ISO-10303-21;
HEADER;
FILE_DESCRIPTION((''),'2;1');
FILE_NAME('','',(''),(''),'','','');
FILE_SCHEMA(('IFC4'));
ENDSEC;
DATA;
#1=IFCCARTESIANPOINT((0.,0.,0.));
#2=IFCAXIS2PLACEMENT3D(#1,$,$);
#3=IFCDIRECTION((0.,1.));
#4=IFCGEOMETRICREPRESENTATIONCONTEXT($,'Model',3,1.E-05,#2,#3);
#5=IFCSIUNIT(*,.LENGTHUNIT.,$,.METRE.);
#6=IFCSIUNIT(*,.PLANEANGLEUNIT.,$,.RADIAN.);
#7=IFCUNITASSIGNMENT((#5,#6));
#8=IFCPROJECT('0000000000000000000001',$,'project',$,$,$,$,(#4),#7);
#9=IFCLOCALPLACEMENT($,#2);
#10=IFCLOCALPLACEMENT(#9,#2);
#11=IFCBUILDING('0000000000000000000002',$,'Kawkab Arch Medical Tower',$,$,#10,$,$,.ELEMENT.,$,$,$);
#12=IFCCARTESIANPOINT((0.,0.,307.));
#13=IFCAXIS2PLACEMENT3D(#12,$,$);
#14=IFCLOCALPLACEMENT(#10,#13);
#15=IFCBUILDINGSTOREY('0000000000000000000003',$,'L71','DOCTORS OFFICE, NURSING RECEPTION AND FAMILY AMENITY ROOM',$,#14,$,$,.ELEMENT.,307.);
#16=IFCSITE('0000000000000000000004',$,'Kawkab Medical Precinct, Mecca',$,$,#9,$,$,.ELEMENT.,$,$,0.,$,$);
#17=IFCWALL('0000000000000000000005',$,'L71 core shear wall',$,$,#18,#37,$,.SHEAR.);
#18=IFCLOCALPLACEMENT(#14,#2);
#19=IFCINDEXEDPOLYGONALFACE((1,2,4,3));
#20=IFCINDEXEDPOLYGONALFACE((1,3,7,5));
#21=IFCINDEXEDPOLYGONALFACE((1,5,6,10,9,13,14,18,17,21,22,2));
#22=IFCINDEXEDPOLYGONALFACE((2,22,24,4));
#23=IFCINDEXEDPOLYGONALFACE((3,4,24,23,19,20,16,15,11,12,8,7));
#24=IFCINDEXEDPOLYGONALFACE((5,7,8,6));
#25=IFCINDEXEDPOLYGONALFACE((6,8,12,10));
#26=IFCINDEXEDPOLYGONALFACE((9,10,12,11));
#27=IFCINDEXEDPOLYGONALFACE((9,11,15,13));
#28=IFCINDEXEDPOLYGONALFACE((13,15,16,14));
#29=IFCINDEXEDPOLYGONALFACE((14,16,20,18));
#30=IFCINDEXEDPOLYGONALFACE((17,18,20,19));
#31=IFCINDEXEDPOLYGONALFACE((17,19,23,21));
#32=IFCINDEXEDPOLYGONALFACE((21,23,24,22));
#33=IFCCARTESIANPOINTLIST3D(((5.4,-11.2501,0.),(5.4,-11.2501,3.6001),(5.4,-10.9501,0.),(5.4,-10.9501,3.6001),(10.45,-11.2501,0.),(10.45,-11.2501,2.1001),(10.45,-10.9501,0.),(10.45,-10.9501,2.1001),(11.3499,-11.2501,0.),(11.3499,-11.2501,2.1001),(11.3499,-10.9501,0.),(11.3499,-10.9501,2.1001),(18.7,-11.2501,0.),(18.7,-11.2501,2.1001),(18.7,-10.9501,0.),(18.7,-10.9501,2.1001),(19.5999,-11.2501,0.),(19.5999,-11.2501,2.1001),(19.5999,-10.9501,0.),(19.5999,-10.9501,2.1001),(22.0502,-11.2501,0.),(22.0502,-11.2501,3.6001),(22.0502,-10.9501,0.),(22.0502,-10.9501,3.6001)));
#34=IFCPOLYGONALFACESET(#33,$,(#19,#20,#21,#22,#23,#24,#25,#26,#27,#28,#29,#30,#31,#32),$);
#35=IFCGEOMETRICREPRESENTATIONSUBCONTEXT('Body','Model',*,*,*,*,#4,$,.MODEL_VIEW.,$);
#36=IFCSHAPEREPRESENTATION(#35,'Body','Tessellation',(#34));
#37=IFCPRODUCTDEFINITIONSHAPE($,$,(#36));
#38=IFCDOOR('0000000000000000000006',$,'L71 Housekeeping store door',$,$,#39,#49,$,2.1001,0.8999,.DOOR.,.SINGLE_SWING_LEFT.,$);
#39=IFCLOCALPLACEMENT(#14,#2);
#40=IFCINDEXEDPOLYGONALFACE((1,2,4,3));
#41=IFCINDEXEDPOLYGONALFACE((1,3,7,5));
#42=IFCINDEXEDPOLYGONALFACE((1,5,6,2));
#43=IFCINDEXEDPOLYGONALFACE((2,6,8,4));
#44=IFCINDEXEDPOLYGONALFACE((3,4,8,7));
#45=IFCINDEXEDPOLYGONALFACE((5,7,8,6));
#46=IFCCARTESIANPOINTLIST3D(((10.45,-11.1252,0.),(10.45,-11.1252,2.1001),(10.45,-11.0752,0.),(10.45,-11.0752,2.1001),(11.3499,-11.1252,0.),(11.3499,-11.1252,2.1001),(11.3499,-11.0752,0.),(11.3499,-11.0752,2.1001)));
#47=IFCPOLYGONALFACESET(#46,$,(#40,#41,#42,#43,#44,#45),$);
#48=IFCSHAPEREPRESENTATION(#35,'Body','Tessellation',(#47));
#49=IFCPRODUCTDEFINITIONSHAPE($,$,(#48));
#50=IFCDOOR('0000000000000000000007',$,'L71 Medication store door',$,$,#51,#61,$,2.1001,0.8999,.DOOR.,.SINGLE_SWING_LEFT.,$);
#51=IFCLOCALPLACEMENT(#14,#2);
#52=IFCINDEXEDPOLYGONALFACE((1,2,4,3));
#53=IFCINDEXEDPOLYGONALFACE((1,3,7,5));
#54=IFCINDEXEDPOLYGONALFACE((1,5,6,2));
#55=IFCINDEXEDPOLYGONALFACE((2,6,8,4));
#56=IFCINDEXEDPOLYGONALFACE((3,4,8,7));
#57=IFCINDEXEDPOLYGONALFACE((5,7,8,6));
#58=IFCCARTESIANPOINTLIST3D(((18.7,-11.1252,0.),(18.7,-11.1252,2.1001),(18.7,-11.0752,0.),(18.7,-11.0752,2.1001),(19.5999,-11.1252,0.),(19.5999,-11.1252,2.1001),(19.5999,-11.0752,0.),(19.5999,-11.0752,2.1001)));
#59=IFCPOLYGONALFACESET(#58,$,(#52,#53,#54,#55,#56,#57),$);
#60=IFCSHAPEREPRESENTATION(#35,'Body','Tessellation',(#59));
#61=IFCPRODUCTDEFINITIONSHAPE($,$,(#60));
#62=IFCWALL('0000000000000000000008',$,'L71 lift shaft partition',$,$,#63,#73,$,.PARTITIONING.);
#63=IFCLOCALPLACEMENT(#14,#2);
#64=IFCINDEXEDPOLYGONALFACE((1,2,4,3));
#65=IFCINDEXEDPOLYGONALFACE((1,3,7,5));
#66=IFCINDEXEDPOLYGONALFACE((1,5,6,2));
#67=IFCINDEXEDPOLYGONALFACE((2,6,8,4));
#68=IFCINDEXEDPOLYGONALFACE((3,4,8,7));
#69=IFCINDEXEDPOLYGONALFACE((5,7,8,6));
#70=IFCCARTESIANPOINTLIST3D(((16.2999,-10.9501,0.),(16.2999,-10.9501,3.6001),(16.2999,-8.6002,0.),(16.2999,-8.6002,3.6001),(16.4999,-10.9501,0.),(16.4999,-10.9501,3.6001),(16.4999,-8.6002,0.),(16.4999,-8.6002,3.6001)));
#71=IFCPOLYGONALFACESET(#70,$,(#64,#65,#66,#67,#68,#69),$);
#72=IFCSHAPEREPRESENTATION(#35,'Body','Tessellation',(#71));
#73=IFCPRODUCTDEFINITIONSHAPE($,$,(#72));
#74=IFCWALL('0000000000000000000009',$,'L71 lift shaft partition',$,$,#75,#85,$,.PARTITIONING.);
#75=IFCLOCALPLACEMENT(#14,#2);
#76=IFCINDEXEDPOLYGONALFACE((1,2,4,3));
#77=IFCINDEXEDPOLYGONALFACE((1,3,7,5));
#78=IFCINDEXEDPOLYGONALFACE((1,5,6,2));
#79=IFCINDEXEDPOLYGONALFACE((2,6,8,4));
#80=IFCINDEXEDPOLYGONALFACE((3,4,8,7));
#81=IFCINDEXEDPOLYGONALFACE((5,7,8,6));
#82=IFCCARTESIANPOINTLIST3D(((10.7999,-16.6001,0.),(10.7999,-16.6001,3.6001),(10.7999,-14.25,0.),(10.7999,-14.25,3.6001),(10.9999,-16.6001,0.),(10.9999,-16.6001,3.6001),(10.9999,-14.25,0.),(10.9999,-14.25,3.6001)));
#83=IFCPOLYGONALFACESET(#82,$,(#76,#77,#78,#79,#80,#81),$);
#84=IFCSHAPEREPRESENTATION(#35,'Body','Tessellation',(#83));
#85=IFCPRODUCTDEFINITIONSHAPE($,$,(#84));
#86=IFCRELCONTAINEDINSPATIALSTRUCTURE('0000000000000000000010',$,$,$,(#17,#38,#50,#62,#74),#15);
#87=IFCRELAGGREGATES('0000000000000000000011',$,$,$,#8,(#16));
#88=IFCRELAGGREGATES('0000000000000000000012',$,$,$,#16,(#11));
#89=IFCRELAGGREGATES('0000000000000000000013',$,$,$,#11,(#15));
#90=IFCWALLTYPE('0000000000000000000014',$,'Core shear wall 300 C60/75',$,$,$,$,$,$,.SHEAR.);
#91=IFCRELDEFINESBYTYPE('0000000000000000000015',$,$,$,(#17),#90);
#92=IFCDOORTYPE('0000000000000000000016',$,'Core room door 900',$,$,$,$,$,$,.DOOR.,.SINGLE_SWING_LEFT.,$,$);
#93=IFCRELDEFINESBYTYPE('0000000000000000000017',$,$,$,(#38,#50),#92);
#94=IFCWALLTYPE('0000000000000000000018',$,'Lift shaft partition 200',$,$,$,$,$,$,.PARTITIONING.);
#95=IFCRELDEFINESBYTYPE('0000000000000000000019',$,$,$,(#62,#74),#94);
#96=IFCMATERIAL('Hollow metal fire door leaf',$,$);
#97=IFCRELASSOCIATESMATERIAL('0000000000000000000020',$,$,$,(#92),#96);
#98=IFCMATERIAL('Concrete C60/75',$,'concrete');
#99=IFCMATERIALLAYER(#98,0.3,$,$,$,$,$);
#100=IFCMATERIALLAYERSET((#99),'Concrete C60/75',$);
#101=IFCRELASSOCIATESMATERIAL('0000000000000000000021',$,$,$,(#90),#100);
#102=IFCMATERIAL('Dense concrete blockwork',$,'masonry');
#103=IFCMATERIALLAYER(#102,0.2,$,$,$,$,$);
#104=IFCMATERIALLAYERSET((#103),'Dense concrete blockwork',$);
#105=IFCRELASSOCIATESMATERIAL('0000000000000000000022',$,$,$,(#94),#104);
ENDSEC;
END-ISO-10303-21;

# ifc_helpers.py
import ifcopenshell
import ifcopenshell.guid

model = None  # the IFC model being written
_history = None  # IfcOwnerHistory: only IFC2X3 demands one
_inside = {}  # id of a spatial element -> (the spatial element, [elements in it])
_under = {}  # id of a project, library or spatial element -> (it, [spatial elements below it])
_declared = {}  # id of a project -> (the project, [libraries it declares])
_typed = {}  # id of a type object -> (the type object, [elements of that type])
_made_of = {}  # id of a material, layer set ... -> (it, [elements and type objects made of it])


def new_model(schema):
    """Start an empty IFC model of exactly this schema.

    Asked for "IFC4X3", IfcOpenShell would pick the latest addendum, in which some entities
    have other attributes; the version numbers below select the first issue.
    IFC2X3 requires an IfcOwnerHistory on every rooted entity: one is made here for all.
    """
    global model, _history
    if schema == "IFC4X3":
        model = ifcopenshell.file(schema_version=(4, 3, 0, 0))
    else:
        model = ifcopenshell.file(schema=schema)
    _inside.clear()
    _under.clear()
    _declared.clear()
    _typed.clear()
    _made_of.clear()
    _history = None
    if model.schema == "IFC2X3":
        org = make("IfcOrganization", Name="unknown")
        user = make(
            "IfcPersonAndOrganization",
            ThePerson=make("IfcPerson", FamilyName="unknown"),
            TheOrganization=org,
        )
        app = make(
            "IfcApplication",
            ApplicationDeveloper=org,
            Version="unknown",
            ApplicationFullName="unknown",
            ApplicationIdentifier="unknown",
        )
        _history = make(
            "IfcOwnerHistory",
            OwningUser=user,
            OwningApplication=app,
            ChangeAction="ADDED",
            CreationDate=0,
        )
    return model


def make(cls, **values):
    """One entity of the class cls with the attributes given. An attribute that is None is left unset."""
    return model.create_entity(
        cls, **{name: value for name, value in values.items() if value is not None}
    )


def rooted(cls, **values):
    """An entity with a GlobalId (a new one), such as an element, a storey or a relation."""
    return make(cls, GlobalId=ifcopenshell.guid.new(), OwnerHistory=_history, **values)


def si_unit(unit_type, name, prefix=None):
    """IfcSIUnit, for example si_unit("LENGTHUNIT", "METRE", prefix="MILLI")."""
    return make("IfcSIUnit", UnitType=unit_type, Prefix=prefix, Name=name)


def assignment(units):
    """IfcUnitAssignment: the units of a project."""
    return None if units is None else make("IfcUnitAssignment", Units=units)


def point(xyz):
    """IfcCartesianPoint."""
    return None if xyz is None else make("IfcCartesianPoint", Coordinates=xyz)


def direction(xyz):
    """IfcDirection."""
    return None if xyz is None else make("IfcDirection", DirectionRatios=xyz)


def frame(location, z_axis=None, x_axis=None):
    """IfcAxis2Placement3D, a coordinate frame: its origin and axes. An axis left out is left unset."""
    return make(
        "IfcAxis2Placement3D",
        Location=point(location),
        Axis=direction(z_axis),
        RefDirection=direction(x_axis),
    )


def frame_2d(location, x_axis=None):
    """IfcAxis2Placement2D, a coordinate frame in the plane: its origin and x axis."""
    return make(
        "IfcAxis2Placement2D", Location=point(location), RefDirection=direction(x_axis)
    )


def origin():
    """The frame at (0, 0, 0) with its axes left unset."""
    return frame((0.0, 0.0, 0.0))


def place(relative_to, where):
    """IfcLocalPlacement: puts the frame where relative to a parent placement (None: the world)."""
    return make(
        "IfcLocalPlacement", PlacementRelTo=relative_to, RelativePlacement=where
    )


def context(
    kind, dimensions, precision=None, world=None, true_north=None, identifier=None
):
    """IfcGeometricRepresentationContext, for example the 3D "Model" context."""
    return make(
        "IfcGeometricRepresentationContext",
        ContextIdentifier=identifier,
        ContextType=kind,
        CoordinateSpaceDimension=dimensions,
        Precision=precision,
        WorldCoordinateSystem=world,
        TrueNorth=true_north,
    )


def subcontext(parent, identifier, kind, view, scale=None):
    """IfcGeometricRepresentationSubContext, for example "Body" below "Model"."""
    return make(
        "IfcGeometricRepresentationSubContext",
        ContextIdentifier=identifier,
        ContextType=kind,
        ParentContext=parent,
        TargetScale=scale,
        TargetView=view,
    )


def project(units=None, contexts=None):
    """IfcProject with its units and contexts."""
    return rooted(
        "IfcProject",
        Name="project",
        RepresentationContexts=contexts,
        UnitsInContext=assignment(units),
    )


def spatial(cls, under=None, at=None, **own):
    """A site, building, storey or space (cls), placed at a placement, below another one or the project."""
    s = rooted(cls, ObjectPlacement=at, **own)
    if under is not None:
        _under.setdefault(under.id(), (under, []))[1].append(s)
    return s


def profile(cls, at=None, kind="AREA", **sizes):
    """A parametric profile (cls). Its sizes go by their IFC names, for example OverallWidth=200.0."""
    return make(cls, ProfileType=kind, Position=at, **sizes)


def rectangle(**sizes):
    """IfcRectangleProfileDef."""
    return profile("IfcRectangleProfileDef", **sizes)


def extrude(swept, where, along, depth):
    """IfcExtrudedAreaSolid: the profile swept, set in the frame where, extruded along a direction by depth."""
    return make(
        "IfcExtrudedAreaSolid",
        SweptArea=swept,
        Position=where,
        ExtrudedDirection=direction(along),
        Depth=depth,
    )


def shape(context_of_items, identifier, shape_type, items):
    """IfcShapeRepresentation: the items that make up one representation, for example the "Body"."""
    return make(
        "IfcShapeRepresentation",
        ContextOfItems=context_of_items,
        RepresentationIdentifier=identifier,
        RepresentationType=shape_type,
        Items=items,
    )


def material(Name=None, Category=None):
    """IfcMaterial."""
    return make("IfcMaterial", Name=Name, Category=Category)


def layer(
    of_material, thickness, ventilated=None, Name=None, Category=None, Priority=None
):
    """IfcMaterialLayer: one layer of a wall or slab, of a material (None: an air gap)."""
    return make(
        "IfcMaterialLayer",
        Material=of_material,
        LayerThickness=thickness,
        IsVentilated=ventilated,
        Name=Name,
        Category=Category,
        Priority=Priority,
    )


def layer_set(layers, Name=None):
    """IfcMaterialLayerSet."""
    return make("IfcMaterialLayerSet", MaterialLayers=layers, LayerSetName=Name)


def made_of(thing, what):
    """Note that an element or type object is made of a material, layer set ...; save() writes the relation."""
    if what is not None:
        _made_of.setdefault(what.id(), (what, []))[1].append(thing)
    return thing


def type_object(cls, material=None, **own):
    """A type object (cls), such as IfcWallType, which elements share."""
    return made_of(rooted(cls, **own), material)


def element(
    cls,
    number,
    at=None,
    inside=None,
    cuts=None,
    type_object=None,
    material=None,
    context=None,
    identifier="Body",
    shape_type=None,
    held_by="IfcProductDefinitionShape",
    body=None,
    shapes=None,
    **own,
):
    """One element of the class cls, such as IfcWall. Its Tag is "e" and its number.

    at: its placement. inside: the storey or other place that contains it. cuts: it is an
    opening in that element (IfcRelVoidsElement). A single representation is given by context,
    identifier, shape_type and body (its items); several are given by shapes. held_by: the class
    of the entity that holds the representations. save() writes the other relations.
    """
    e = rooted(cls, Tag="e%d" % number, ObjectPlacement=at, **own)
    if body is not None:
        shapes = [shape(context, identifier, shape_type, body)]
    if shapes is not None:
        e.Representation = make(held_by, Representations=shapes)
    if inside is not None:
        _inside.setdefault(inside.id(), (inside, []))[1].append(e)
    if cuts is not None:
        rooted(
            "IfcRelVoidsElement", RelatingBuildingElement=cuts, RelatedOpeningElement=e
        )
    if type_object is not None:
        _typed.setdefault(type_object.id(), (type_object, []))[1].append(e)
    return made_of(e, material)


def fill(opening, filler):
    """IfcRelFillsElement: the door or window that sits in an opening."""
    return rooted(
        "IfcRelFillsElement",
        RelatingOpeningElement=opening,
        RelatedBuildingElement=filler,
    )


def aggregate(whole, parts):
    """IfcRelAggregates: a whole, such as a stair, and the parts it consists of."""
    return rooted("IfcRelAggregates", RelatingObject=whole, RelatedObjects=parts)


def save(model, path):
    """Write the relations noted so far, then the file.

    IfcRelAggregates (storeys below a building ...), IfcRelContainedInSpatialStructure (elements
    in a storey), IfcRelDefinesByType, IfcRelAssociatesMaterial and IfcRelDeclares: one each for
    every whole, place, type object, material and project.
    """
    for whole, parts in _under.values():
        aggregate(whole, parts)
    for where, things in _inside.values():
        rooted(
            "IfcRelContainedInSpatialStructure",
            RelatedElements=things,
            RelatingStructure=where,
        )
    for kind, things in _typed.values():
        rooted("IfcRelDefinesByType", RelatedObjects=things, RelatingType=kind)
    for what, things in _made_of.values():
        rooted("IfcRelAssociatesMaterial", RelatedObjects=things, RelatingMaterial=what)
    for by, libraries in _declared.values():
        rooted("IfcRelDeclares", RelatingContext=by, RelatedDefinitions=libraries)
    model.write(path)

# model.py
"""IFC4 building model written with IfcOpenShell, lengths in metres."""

from ifc_helpers import new_model, si_unit, direction, frame, frame_2d, origin, place, context, subcontext, project, spatial, rectangle, extrude, material, layer, layer_set, type_object, element, fill, save


model = new_model("IFC4")

# Units and contexts
model_context = context("Model", 3, precision=1e-05, world=origin(), true_north=direction((0.0, 1.0)))
body_context = subcontext(model_context, "Body", "Model", "MODEL_VIEW")
ifc_project = project(units=[si_unit("LENGTHUNIT", "METRE"), si_unit("PLANEANGLEUNIT", "RADIAN")], contexts=[model_context])

# Site, building, storey
site_placement = place(None, origin())
site = spatial("IfcSite", under=ifc_project, at=site_placement, Name="Kawkab Medical Precinct, Mecca", CompositionType="ELEMENT", RefElevation=0.0)
building_placement = place(site_placement, origin())
building = spatial("IfcBuilding", under=site, at=building_placement, Name="Kawkab Arch Medical Tower", CompositionType="ELEMENT")
storey_placement = place(building_placement, frame((0.0, 0.0, 307.0)))
storey = spatial("IfcBuildingStorey", under=building, at=storey_placement, Name="L71", Description="DOCTORS OFFICE, NURSING RECEPTION AND FAMILY AMENITY ROOM", CompositionType="ELEMENT", Elevation=307.0)

# Shared definitions
ifc_material_1 = material(Name="Hollow metal fire door leaf")
door_type = type_object("IfcDoorType", Name="Core room door 900", OperationType="SINGLE_SWING_LEFT", PredefinedType="DOOR", material=ifc_material_1)

# Shared definitions
ifc_material_2 = material(Name="Concrete C60/75", Category="concrete")
ifc_layer_1 = layer(ifc_material_2, 0.3)
ifc_layer_set_1 = layer_set([ifc_layer_1], Name="Concrete C60/75")
wall_type_1 = type_object("IfcWallType", Name="Core shear wall 300 C60/75", PredefinedType="SHEAR", material=ifc_layer_set_1)

# Wall, openings, doors
wall_1_placement = place(storey_placement, frame((5.3999, -11.1001, 0.0), z_axis=(0.0, 0.0, 1.0), x_axis=(1.0, 0.0, 0.0)))
wall_1 = element("IfcWall", 1, at=wall_1_placement, inside=storey, type_object=wall_type_1, Name="L71 core shear wall", PredefinedType="SHEAR", context=body_context, shape_type="SweptSolid", body=[
    extrude(rectangle(XDim=16.6501, YDim=0.3, at=frame_2d((8.3252, 0.0))), origin(), (0.0, 0.0, 1.0), 3.6001),
])
opening_1_placement = place(wall_1_placement, frame((5.05, 0.0, 0.0)))
opening_1 = element("IfcOpeningElement", 2, at=opening_1_placement, cuts=wall_1, PredefinedType="OPENING", context=body_context, shape_type="SweptSolid", body=[
    extrude(rectangle(XDim=0.8999, YDim=2.1001, at=frame_2d((0.45, 1.05))), frame((0.0, 0.1599, 0.0), z_axis=(0.0, -1.0, 0.0), x_axis=(1.0, 0.0, 0.0)), (0.0, 0.0, 1.0), 0.3201),
])
opening_2_placement = place(wall_1_placement, frame((13.3, 0.0, 0.0)))
opening_2 = element("IfcOpeningElement", 3, at=opening_2_placement, cuts=wall_1, PredefinedType="OPENING", context=body_context, shape_type="SweptSolid", body=[
    extrude(rectangle(XDim=0.8999, YDim=2.1001, at=frame_2d((0.45, 1.05))), frame((0.0, 0.1599, 0.0), z_axis=(0.0, -1.0, 0.0), x_axis=(1.0, 0.0, 0.0)), (0.0, 0.0, 1.0), 0.3201),
])
door_1_placement = place(opening_1_placement, origin())
door_1 = element("IfcDoor", 4, at=door_1_placement, inside=storey, type_object=door_type, Name="L71 Housekeeping store door", OperationType="SINGLE_SWING_LEFT", OverallHeight=2.1001, OverallWidth=0.8999, PredefinedType="DOOR", context=body_context, shape_type="SweptSolid", body=[
    extrude(rectangle(XDim=0.8999, YDim=2.1001, at=frame_2d((0.45, 1.05))), frame((0.0, 0.0249, 0.0), z_axis=(0.0, -1.0, 0.0), x_axis=(1.0, 0.0, 0.0)), (0.0, 0.0, 1.0), 0.05),
])
fill(opening_1, door_1)
door_2_placement = place(opening_2_placement, origin())
door_2 = element("IfcDoor", 5, at=door_2_placement, inside=storey, type_object=door_type, Name="L71 Medication store door", OperationType="SINGLE_SWING_LEFT", OverallHeight=2.1001, OverallWidth=0.8999, PredefinedType="DOOR", context=body_context, shape_type="SweptSolid", body=[
    extrude(rectangle(XDim=0.8999, YDim=2.1001, at=frame_2d((0.45, 1.05))), frame((0.0, 0.0249, 0.0), z_axis=(0.0, -1.0, 0.0), x_axis=(1.0, 0.0, 0.0)), (0.0, 0.0, 1.0), 0.05),
])
fill(opening_2, door_2)

# Walls
ifc_material_3 = material(Name="Dense concrete blockwork", Category="masonry")
ifc_layer_2 = layer(ifc_material_3, 0.2)
ifc_layer_set_2 = layer_set([ifc_layer_2], Name="Dense concrete blockwork")
wall_type_2 = type_object("IfcWallType", Name="Lift shaft partition 200", PredefinedType="PARTITIONING", material=ifc_layer_set_2)
wall_2_placement = place(storey_placement, frame((16.3999, -10.95, 0.0), z_axis=(0.0, 0.0, 1.0), x_axis=(0.0, 1.0, 0.0)))
element("IfcWall", 6, at=wall_2_placement, inside=storey, type_object=wall_type_2, Name="L71 lift shaft partition", PredefinedType="PARTITIONING", context=body_context, shape_type="SweptSolid", body=[
    extrude(rectangle(XDim=2.3499, YDim=0.2, at=frame_2d((1.1748, 0.0))), origin(), (0.0, 0.0, 1.0), 3.6001),
])
wall_3_placement = place(storey_placement, frame((10.8999, -16.6001, 0.0), z_axis=(0.0, 0.0, 1.0), x_axis=(0.0, 1.0, 0.0)))
element("IfcWall", 7, at=wall_3_placement, inside=storey, type_object=wall_type_2, Name="L71 lift shaft partition", PredefinedType="PARTITIONING", context=body_context, shape_type="SweptSolid", body=[
    extrude(rectangle(XDim=2.3501, YDim=0.2, at=frame_2d((1.175, 0.0))), origin(), (0.0, 0.0, 1.0), 3.6001),
])

save(model, "model.ifc")
